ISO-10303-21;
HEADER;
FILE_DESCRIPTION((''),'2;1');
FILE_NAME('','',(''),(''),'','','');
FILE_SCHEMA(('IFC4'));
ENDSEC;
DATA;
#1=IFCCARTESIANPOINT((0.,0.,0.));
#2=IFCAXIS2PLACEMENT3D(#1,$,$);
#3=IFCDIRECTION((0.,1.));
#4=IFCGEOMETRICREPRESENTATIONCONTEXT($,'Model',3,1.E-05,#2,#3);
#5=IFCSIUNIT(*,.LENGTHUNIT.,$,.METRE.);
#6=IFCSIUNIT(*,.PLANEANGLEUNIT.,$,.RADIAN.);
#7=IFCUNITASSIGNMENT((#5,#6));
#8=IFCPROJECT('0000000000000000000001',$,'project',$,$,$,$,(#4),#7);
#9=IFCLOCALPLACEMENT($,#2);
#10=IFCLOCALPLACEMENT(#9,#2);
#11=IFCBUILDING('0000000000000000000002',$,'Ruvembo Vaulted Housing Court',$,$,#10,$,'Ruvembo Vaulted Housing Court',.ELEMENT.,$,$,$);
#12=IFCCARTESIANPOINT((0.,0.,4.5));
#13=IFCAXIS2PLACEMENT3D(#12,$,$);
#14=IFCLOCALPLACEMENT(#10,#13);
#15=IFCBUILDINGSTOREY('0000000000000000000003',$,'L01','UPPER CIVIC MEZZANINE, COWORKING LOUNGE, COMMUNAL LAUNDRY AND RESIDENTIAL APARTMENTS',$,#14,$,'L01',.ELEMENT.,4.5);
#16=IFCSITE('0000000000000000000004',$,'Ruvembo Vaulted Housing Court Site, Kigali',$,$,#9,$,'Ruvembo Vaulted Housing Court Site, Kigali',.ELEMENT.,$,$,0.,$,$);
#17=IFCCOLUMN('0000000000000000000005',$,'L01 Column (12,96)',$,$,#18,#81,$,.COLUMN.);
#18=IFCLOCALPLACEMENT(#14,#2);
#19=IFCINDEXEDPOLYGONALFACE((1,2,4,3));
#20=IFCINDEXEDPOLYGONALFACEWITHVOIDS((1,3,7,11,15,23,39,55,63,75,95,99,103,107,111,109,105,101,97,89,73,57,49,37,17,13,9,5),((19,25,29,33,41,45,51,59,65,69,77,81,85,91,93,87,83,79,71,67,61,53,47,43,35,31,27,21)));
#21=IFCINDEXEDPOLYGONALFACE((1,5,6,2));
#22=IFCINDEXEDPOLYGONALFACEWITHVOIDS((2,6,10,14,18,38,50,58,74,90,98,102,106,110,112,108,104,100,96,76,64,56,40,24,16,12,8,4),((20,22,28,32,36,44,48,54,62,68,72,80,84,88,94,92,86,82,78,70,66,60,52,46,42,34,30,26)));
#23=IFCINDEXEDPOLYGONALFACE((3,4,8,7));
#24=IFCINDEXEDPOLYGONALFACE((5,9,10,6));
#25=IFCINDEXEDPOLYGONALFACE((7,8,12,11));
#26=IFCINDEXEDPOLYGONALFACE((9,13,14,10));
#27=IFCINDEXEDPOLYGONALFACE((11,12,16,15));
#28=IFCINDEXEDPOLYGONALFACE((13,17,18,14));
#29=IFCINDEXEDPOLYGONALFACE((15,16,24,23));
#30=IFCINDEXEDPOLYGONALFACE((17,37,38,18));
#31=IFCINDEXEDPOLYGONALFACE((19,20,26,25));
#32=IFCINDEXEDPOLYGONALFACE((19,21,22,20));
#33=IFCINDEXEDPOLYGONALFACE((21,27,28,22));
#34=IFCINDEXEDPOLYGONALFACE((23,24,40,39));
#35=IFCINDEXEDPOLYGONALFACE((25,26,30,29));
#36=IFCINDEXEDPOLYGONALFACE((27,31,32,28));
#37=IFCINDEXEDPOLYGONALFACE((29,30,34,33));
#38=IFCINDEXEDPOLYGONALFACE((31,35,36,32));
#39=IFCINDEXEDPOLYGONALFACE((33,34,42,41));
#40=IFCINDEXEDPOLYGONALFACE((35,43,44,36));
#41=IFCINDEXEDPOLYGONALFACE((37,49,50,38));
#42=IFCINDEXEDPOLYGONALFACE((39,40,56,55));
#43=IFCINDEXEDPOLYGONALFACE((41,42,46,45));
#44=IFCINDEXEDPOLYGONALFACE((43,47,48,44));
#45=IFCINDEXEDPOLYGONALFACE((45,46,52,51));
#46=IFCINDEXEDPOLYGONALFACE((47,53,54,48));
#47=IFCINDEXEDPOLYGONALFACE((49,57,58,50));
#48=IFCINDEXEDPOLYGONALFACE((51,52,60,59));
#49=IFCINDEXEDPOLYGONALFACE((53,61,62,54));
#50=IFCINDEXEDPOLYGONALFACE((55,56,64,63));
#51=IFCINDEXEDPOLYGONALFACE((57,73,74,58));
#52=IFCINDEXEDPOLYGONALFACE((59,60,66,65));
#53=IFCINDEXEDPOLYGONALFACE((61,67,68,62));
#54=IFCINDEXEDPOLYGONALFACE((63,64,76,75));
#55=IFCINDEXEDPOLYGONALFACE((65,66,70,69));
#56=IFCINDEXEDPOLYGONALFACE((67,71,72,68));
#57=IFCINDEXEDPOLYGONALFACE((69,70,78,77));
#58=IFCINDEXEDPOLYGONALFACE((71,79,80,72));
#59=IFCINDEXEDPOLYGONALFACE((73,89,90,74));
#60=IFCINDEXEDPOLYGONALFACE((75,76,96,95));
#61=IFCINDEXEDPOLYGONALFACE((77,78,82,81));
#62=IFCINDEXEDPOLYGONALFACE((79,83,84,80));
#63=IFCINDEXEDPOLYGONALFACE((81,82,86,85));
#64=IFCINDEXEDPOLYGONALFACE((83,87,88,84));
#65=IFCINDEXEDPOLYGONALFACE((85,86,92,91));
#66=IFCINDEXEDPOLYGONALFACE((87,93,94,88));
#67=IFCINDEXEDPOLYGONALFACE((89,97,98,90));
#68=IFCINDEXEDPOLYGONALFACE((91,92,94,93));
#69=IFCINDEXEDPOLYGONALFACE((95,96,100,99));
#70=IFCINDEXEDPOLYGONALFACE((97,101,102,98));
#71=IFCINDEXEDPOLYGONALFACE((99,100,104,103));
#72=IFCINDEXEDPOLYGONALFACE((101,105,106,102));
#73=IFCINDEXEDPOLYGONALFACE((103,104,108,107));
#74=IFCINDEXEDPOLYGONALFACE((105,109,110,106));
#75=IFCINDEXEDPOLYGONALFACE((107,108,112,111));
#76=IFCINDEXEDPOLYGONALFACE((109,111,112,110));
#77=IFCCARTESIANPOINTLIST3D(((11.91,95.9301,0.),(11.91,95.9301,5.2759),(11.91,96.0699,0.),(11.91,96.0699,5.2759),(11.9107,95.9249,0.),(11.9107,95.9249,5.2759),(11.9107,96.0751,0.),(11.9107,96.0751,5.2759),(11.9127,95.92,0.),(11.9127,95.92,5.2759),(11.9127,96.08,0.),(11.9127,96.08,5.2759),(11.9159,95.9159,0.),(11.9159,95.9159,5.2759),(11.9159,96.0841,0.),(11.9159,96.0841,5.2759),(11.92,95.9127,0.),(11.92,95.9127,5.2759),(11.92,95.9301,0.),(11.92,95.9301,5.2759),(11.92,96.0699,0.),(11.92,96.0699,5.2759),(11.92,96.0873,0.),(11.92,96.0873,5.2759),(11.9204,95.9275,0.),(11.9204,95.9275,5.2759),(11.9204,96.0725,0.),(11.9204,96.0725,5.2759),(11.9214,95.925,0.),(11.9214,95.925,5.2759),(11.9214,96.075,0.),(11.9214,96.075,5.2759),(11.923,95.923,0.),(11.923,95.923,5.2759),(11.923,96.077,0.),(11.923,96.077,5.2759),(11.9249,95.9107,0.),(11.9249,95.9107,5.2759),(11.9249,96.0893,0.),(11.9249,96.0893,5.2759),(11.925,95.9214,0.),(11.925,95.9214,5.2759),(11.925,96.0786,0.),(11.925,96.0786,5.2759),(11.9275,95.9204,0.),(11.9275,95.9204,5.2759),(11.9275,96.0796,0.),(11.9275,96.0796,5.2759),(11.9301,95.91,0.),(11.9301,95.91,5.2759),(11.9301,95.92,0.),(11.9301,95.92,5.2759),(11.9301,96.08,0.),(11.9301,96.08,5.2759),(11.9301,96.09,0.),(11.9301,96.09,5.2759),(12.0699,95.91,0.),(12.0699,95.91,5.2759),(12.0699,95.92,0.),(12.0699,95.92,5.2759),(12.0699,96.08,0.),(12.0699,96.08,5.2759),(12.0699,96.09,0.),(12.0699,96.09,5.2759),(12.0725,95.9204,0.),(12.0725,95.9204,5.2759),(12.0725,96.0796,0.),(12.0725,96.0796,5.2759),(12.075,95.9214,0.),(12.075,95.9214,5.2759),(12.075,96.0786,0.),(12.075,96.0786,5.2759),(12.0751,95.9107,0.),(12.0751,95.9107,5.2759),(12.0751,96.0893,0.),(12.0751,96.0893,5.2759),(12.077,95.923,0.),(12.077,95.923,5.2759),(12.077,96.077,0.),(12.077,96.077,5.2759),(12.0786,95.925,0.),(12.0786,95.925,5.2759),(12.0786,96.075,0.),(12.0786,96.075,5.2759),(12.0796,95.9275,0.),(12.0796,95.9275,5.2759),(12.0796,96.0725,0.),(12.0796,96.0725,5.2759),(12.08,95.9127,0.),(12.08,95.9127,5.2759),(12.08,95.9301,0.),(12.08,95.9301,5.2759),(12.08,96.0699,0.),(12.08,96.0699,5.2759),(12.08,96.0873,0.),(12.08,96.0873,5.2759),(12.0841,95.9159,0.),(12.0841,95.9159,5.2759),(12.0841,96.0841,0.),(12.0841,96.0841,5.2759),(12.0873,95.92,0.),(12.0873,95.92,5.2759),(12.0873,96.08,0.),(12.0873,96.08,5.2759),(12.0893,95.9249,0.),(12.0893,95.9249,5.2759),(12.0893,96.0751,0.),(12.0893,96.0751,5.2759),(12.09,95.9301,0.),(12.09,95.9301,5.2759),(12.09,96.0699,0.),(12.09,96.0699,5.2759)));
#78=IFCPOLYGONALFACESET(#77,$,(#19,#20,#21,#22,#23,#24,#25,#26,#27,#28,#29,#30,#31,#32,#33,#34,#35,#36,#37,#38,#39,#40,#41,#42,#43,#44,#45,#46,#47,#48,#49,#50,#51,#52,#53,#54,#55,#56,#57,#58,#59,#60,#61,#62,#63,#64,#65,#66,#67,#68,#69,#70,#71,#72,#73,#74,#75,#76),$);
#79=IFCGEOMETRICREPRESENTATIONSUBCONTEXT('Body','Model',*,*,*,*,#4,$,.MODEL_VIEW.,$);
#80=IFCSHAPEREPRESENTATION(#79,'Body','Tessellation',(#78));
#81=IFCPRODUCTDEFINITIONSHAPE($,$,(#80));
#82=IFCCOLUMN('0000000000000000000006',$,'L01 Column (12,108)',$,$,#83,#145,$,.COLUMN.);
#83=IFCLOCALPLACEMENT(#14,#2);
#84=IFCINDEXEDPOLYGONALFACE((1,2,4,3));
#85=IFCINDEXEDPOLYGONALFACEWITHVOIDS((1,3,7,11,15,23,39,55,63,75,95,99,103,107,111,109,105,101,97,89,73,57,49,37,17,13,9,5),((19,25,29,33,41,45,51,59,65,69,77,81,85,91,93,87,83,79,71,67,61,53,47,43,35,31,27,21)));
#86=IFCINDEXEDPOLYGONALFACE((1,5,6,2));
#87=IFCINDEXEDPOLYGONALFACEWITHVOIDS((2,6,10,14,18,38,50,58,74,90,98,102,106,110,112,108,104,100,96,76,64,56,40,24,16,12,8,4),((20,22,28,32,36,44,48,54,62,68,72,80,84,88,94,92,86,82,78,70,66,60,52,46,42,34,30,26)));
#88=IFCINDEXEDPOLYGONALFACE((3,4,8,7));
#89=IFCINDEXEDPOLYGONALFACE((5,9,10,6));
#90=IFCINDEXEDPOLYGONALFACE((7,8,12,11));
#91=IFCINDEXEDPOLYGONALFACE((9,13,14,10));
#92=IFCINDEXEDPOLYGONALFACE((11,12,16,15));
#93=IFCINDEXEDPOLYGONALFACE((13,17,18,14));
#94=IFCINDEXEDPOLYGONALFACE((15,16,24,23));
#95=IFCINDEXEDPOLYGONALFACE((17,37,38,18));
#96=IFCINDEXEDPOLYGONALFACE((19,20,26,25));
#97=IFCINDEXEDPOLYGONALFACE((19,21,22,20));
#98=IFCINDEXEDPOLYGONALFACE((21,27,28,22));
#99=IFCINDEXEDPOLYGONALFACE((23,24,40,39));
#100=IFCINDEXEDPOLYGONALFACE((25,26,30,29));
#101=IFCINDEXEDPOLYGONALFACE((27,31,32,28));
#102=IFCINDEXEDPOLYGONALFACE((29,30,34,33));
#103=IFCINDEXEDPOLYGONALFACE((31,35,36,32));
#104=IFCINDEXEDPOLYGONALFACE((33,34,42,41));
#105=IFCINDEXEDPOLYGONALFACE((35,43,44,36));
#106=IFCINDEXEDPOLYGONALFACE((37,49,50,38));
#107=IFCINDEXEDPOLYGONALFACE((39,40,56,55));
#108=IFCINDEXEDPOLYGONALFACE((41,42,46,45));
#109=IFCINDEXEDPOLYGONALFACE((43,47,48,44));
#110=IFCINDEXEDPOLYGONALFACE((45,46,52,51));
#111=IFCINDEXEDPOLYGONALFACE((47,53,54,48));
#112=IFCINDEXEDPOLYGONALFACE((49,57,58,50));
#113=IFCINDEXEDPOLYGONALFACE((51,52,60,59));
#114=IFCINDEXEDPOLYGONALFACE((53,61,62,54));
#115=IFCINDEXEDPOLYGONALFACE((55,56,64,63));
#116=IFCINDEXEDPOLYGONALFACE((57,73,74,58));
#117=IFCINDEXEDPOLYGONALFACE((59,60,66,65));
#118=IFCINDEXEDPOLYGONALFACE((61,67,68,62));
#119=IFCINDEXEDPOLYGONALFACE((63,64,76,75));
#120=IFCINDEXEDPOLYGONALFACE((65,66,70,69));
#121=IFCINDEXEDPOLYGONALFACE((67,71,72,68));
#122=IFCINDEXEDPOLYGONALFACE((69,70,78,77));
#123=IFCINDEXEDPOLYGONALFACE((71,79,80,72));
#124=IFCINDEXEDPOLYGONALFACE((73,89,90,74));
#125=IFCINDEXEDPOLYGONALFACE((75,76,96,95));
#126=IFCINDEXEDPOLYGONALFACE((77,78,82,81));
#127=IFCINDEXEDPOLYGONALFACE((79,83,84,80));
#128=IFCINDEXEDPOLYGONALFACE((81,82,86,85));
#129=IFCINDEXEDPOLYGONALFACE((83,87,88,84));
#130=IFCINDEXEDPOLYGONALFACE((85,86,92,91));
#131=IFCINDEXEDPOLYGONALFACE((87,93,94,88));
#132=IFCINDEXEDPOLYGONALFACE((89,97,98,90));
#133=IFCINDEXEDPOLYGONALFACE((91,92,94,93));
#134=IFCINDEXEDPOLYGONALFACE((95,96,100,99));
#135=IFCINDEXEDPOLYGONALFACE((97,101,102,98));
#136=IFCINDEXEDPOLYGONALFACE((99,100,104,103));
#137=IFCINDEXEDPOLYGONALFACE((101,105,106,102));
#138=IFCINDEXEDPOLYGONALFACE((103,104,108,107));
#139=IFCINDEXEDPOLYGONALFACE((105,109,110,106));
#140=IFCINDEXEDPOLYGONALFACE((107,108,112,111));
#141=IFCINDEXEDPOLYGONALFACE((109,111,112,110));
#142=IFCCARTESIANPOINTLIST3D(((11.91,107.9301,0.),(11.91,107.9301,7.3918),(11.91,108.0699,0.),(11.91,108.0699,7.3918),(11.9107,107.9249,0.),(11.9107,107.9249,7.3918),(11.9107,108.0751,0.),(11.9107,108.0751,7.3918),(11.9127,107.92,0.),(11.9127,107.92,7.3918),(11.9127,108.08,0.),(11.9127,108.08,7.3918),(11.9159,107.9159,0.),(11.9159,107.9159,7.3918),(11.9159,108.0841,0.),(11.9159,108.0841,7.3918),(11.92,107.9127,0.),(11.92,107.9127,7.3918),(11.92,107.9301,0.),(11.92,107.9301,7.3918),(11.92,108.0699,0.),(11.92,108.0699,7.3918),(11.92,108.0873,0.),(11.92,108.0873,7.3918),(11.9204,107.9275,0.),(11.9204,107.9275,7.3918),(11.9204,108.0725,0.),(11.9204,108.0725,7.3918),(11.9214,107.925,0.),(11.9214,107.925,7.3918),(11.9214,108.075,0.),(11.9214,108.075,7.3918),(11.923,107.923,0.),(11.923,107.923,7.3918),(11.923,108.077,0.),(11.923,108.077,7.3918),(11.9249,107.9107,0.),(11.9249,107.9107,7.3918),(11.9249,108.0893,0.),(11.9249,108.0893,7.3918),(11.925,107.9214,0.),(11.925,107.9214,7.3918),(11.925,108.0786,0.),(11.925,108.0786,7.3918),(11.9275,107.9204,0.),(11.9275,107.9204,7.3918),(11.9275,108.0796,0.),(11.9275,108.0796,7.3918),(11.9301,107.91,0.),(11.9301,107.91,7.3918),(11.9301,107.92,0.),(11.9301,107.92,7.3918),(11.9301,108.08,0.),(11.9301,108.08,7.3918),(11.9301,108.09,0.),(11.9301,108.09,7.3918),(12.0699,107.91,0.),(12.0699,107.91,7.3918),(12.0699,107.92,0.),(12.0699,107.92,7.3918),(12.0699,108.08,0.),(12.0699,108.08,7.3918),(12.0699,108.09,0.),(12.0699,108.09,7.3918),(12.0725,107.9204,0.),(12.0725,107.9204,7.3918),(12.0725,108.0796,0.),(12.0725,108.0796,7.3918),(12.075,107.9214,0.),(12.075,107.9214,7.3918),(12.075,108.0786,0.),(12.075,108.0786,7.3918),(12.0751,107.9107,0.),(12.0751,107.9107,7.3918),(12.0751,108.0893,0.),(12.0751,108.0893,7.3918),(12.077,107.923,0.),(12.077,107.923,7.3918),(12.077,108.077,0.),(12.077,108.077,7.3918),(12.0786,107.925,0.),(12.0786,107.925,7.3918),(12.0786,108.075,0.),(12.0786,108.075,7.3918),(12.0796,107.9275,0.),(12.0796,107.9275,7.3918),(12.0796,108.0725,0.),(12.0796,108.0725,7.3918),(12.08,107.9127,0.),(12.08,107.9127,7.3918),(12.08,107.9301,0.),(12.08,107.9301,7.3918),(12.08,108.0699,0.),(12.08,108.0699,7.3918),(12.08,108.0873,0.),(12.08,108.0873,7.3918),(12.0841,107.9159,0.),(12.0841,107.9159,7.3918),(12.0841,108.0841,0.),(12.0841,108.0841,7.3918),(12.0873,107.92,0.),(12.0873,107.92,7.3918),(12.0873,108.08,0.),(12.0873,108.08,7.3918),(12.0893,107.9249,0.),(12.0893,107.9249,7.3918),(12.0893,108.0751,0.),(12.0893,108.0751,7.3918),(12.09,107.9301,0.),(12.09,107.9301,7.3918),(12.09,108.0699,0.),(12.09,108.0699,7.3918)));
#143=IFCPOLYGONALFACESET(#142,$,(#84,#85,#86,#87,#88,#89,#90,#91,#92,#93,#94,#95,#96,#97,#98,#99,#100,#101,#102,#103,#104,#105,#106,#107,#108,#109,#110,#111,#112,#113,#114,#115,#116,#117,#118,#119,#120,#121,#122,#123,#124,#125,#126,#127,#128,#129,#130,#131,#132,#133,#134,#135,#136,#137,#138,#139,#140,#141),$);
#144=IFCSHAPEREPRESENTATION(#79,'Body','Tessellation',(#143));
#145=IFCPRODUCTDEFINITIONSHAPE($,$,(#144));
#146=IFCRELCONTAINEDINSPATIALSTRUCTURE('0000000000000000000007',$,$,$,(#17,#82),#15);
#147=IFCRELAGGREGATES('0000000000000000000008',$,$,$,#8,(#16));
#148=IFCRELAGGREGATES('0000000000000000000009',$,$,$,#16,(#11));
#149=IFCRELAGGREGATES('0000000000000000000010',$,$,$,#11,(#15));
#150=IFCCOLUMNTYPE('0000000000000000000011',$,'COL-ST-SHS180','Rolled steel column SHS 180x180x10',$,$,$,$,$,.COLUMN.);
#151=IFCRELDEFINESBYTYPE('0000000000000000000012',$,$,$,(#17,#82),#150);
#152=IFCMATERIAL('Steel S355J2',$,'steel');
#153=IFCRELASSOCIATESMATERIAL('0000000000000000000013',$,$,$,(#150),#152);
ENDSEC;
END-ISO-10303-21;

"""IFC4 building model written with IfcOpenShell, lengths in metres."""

from ifc_helpers import new_model, si_unit, direction, frame, origin, origin_2d, place, context, subcontext, project, spatial, hollow_rectangle, extrude, material, material_profile, profile_set, type_object, element, save


model = new_model("IFC4")

# Units and contexts
model_context = context("Model", 3, precision=1e-05, world=origin(), true_north=direction((0.0, 1.0)))
body_context = subcontext(model_context, "Body", "Model", "MODEL_VIEW")
ifc_project = project(units=[si_unit("LENGTHUNIT", "METRE"), si_unit("PLANEANGLEUNIT", "RADIAN")], contexts=[model_context])

# Site, building, storey
site_placement = place(None, origin())
site = spatial("IfcSite", under=ifc_project, at=site_placement, Name="Ruvembo Vaulted Housing Court Site, Kigali", LongName="Ruvembo Vaulted Housing Court Site, Kigali", CompositionType="ELEMENT", RefElevation=0.0)
building_placement = place(site_placement, origin())
building = spatial("IfcBuilding", under=site, at=building_placement, Name="Ruvembo Vaulted Housing Court", LongName="Ruvembo Vaulted Housing Court", CompositionType="ELEMENT")
storey_placement = place(building_placement, frame((0.0, 0.0, 4.5)))
storey = spatial("IfcBuildingStorey", under=building, at=storey_placement, Name="L01", Description="UPPER CIVIC MEZZANINE, COWORKING LOUNGE, COMMUNAL LAUNDRY AND RESIDENTIAL APARTMENTS", LongName="L01", CompositionType="ELEMENT", Elevation=4.5)

# Columns
ifc_material_1 = material(Name="Steel S355J2", Category="steel")
ifc_material_profile_1 = material_profile(ifc_material_1, hollow_rectangle(XDim=0.1799, YDim=0.1799, WallThickness=0.01, InnerFilletRadius=0.01, OuterFilletRadius=0.02, at=origin_2d()), Name="SHS 180x180x10")
ifc_profile_set_1 = profile_set([ifc_material_profile_1], Name="Steel S355J2")
column_type = type_object("IfcColumnType", Name="COL-ST-SHS180", Description="Rolled steel column SHS 180x180x10", PredefinedType="COLUMN", material=ifc_profile_set_1)
column_1_placement = place(storey_placement, frame((12.0, 96.0, 0.0), z_axis=(0.0, 0.0, 1.0), x_axis=(1.0, 0.0, 0.0)))
element("IfcColumn", 1, at=column_1_placement, inside=storey, type_object=column_type, Name="L01 Column (12,96)", PredefinedType="COLUMN", context=body_context, shape_type="SweptSolid", body=[
    extrude(hollow_rectangle(XDim=0.1799, YDim=0.1799, WallThickness=0.01, InnerFilletRadius=0.01, OuterFilletRadius=0.02, at=origin_2d()), origin(), (0.0, 0.0, 1.0), 5.2759),
])
column_2_placement = place(storey_placement, frame((12.0, 108.0, 0.0), z_axis=(0.0, 0.0, 1.0), x_axis=(1.0, 0.0, 0.0)))
element("IfcColumn", 2, at=column_2_placement, inside=storey, type_object=column_type, Name="L01 Column (12,108)", PredefinedType="COLUMN", context=body_context, shape_type="SweptSolid", body=[
    extrude(hollow_rectangle(XDim=0.1799, YDim=0.1799, WallThickness=0.01, InnerFilletRadius=0.01, OuterFilletRadius=0.02, at=origin_2d()), origin(), (0.0, 0.0, 1.0), 7.3918),
])

save(model, "model.ifc")
